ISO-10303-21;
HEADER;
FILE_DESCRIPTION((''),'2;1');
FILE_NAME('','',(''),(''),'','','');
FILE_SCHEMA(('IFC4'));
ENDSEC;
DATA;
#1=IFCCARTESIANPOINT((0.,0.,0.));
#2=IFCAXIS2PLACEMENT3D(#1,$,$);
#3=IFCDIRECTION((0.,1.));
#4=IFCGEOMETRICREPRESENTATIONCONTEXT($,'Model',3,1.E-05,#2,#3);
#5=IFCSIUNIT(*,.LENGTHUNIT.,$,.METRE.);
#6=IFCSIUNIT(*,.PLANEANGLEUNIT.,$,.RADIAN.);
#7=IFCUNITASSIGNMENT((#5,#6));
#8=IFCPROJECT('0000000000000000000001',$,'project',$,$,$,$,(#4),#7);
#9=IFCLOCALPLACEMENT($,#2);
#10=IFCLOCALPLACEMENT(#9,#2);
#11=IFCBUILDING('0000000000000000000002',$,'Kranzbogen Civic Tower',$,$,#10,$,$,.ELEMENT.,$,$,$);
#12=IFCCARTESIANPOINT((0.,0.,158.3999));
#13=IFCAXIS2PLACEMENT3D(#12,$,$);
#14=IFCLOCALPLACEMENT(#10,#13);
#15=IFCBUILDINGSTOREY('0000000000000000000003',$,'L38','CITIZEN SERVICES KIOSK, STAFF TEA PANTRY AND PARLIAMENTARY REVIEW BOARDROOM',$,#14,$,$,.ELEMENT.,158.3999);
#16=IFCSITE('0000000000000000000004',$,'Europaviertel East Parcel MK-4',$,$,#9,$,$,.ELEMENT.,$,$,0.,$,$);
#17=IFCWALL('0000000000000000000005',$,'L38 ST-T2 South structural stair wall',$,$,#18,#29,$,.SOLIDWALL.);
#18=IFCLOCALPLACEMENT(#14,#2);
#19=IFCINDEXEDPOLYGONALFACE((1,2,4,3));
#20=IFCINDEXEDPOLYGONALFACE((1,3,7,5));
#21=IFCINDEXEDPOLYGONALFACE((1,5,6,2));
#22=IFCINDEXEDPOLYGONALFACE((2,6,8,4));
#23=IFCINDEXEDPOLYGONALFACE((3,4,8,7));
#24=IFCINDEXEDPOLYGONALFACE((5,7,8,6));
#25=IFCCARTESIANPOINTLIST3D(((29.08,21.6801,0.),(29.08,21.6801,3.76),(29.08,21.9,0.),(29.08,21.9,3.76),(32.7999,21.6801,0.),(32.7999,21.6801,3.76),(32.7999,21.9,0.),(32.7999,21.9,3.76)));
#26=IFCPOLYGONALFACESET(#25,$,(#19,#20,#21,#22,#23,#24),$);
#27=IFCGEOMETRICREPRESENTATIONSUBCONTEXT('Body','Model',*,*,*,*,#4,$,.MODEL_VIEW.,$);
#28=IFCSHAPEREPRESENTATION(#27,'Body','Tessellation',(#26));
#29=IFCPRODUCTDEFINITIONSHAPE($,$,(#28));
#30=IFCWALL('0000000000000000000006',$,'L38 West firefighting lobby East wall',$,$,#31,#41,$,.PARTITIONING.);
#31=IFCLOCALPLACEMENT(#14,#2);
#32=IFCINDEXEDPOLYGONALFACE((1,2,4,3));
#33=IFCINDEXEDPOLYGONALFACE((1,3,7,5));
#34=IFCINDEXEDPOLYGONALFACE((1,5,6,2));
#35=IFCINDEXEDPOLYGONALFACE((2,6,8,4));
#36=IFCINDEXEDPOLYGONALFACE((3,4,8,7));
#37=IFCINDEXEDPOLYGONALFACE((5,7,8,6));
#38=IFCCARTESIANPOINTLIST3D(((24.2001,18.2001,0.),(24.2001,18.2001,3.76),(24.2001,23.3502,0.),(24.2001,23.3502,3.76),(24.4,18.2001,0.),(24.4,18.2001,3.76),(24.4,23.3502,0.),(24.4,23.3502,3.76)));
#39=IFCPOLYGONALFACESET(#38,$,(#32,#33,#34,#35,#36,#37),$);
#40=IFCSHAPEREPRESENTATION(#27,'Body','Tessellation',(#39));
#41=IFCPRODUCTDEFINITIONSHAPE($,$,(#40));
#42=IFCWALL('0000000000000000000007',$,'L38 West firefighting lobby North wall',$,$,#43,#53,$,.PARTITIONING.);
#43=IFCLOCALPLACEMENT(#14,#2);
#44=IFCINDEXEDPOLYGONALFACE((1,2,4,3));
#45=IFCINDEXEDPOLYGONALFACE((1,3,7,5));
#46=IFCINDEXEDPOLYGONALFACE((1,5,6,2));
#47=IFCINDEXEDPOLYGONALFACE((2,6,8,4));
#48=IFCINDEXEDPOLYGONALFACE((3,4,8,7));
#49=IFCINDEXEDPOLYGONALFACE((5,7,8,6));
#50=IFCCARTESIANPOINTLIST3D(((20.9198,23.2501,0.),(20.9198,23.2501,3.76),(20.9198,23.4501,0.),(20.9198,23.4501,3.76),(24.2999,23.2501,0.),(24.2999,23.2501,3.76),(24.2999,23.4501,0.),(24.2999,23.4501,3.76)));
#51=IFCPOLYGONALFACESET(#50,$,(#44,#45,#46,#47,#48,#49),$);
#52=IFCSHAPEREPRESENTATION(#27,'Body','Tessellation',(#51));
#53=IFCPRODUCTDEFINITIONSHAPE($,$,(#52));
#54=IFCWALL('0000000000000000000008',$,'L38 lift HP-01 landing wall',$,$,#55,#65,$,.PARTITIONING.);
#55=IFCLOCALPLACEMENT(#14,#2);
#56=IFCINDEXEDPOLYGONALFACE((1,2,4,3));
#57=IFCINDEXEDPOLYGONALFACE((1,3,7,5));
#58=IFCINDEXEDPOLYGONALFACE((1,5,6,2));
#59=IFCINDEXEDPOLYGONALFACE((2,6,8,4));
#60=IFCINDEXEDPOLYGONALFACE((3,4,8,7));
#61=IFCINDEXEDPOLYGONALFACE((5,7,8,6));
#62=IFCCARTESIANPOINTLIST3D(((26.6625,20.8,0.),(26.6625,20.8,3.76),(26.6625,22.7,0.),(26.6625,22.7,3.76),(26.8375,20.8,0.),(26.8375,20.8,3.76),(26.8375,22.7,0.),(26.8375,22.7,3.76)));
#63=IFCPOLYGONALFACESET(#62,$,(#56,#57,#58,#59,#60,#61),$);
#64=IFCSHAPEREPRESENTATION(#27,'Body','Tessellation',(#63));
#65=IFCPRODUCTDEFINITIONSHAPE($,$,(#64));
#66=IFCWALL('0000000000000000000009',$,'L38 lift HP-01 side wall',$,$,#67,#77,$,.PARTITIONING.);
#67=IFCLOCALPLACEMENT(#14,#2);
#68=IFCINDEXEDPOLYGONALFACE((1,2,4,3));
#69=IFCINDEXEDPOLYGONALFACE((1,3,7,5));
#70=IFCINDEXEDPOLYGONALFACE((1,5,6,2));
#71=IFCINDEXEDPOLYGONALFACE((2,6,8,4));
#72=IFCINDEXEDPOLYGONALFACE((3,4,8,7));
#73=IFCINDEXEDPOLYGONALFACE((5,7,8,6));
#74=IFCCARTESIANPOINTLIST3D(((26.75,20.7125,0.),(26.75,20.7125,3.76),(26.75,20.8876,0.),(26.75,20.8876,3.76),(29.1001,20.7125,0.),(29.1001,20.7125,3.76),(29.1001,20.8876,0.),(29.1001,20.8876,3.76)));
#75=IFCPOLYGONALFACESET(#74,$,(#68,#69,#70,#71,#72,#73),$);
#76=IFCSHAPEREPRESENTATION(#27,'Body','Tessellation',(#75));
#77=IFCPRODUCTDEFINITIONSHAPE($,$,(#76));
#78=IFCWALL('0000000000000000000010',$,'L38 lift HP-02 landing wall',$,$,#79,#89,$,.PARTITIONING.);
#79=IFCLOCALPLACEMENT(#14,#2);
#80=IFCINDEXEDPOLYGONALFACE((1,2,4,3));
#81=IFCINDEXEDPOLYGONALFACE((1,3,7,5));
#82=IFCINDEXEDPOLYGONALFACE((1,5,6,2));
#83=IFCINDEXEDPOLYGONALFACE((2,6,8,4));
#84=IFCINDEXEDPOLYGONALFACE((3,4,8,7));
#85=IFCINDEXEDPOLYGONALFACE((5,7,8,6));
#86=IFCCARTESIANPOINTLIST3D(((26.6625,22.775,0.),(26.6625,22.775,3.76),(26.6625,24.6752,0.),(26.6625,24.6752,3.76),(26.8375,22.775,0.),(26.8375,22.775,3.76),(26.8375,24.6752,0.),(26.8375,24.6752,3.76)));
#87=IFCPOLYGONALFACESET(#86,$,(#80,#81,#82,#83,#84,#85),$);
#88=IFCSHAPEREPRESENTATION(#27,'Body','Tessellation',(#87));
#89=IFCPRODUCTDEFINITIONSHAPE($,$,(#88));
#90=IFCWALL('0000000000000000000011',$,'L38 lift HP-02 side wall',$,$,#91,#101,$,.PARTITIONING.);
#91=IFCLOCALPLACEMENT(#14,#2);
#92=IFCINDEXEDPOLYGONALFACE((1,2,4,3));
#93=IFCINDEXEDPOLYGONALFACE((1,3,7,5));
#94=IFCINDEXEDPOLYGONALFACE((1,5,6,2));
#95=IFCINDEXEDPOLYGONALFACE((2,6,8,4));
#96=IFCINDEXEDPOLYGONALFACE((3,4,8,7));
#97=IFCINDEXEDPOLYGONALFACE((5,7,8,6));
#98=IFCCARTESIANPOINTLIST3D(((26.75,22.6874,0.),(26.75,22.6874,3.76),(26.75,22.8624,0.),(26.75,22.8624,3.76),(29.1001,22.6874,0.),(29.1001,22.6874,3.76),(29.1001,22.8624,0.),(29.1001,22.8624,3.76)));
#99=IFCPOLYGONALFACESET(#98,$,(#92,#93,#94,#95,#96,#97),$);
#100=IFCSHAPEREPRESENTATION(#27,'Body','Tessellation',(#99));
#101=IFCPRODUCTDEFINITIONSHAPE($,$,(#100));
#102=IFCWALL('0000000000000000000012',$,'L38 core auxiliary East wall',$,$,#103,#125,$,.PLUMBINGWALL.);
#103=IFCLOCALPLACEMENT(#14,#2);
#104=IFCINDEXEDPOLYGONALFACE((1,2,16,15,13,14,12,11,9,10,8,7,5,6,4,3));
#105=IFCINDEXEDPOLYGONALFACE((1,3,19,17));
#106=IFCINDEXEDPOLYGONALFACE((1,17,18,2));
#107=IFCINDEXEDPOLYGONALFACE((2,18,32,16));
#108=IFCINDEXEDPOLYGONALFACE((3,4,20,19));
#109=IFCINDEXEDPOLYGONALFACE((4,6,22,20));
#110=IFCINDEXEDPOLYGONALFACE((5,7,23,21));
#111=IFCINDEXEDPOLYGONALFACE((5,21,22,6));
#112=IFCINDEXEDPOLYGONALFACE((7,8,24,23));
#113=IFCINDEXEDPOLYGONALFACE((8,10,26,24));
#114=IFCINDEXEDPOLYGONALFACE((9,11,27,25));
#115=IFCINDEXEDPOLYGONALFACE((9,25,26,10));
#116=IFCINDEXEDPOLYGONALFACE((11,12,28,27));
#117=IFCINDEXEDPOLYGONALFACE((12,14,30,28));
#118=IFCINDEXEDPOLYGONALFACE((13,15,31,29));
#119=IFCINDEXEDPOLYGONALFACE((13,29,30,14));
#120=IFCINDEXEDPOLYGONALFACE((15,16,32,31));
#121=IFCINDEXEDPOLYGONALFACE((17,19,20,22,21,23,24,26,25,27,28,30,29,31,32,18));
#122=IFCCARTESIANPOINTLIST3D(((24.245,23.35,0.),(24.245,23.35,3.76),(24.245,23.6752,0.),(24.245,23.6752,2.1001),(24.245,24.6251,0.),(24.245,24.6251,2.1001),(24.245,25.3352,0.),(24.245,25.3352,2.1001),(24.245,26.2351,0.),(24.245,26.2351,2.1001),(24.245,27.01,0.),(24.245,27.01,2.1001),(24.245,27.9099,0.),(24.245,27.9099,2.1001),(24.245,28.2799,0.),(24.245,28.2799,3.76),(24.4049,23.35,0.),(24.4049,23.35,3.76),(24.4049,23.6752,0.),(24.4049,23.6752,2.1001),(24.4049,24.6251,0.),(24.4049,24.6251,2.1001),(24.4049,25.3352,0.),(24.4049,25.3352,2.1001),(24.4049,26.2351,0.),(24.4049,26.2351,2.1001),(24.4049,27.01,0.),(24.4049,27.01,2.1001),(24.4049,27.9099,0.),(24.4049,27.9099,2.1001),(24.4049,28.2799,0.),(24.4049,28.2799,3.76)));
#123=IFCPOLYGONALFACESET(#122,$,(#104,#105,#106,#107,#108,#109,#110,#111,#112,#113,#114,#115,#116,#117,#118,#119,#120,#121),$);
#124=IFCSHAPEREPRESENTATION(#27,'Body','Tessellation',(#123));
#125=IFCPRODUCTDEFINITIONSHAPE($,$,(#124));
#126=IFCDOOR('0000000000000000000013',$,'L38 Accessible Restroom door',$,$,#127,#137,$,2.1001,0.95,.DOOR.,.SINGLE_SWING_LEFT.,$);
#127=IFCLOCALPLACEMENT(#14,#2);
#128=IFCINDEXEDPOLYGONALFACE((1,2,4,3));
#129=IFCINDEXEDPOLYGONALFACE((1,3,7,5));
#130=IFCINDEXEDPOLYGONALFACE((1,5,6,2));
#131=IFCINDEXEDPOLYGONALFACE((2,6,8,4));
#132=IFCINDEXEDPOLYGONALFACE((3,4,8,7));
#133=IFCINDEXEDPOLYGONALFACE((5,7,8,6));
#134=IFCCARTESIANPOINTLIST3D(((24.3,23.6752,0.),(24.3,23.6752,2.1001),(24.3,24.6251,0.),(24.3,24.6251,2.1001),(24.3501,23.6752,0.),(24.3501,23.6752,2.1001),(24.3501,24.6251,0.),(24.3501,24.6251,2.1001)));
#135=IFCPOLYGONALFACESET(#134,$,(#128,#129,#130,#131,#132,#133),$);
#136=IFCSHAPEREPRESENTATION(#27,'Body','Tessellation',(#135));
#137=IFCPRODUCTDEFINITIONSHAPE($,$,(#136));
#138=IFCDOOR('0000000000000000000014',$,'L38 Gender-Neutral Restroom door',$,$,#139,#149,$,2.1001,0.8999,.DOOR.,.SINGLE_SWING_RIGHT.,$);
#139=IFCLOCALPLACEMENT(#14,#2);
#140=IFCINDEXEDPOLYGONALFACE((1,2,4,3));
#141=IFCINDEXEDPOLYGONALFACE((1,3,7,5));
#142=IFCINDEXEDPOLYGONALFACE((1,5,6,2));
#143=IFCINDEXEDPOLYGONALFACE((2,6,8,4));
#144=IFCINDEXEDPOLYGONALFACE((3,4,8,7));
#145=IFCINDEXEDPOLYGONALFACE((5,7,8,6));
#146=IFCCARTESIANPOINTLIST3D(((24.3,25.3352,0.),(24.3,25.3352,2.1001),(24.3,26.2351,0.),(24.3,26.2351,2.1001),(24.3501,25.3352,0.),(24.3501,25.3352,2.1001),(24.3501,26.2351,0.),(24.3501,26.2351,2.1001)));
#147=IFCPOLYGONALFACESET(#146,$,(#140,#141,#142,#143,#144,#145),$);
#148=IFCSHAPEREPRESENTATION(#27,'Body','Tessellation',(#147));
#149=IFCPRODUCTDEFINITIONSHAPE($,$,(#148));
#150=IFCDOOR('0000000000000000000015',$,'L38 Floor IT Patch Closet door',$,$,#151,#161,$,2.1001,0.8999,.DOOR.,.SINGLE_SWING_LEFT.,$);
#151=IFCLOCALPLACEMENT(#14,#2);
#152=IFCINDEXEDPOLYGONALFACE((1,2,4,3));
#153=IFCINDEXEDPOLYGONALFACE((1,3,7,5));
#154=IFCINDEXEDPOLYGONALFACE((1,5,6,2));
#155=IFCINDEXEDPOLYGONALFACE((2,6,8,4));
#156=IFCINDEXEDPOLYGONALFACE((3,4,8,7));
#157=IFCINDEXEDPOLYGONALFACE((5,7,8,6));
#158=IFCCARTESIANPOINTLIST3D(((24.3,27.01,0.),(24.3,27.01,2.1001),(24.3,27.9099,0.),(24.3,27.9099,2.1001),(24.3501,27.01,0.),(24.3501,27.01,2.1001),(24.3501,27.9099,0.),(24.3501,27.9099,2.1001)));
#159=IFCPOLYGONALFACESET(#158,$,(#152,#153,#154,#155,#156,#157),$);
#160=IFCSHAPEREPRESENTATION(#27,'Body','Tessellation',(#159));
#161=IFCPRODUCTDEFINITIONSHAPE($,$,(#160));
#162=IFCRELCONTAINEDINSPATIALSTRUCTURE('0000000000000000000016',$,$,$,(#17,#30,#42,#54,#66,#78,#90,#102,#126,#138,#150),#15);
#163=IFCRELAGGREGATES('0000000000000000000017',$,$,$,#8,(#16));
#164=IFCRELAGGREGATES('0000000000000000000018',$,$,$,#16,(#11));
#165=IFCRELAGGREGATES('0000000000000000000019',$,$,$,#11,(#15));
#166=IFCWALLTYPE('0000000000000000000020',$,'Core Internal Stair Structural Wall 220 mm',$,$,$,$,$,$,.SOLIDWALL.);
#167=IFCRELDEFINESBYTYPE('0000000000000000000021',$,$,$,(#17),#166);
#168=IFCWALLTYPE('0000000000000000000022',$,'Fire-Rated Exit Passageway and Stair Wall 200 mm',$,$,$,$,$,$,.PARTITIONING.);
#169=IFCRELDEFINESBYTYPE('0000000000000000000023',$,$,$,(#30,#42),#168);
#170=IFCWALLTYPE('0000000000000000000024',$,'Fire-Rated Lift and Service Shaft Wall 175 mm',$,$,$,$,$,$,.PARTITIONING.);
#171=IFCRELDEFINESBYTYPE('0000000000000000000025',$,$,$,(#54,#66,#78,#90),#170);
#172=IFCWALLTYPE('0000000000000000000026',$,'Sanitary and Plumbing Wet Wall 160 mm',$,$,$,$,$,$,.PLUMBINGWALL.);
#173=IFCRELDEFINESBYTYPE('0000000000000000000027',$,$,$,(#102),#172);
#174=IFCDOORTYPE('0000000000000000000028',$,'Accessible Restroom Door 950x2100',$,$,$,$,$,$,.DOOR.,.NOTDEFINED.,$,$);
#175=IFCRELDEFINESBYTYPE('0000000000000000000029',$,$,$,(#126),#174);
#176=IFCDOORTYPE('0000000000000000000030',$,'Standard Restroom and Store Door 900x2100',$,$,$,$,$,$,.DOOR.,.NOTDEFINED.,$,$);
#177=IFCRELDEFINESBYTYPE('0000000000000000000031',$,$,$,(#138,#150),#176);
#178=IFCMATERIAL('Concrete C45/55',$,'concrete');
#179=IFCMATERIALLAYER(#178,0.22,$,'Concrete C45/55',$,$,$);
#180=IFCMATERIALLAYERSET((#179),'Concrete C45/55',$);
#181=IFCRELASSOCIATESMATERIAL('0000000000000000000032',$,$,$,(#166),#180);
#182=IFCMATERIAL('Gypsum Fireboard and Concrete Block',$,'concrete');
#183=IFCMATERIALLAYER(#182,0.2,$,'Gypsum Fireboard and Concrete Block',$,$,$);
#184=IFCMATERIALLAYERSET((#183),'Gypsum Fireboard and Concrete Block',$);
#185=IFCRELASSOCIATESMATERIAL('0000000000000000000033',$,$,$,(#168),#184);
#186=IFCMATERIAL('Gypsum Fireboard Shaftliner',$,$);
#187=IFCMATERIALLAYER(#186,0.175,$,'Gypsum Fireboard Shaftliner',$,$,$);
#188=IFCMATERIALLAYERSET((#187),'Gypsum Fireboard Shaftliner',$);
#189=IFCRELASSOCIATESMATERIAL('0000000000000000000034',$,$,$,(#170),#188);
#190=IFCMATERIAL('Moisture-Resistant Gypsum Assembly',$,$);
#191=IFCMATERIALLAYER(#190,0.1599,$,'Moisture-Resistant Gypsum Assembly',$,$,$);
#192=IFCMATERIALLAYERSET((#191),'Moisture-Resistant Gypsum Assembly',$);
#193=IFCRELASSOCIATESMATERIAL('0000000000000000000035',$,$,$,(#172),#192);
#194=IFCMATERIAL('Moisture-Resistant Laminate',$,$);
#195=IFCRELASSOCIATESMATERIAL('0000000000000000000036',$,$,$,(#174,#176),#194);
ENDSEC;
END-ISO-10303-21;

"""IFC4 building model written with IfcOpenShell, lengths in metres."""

from ifc_helpers import new_model, si_unit, direction, frame, frame_2d, origin, place, context, subcontext, project, spatial, rectangle, extrude, material, layer, layer_set, type_object, element, fill, save


model = new_model("IFC4")

# Units and contexts
model_context = context("Model", 3, precision=1e-05, world=origin(), true_north=direction((0.0, 1.0)))
body_context = subcontext(model_context, "Body", "Model", "MODEL_VIEW")
ifc_project = project(units=[si_unit("LENGTHUNIT", "METRE"), si_unit("PLANEANGLEUNIT", "RADIAN")], contexts=[model_context])

# Site, building, storey
site_placement = place(None, origin())
site = spatial("IfcSite", under=ifc_project, at=site_placement, Name="Europaviertel East Parcel MK-4", CompositionType="ELEMENT", RefElevation=0.0)
building_placement = place(site_placement, origin())
building = spatial("IfcBuilding", under=site, at=building_placement, Name="Kranzbogen Civic Tower", CompositionType="ELEMENT")
storey_placement = place(building_placement, frame((0.0, 0.0, 158.3999)))
storey = spatial("IfcBuildingStorey", under=building, at=storey_placement, Name="L38", Description="CITIZEN SERVICES KIOSK, STAFF TEA PANTRY AND PARLIAMENTARY REVIEW BOARDROOM", CompositionType="ELEMENT", Elevation=158.3999)

# Shared definitions
ifc_material_1 = material(Name="Concrete C45/55", Category="concrete")
ifc_layer_1 = layer(ifc_material_1, 0.22, Name="Concrete C45/55")
ifc_layer_set_1 = layer_set([ifc_layer_1], Name="Concrete C45/55")
wall_type_1 = type_object("IfcWallType", Name="Core Internal Stair Structural Wall 220 mm", PredefinedType="SOLIDWALL", material=ifc_layer_set_1)

# Walls
wall_1_placement = place(storey_placement, frame((29.0801, 21.79, 0.0), z_axis=(0.0, 0.0, 1.0), x_axis=(1.0, 0.0, 0.0)))
element("IfcWall", 1, at=wall_1_placement, inside=storey, type_object=wall_type_1, Name="L38 ST-T2 South structural stair wall", PredefinedType="SOLIDWALL", context=body_context, shape_type="SweptSolid", body=[
    extrude(rectangle(XDim=3.72, YDim=0.22, at=frame_2d((1.8599, 0.0))), origin(), (0.0, 0.0, 1.0), 3.76),
])
ifc_material_2 = material(Name="Gypsum Fireboard and Concrete Block", Category="concrete")
ifc_layer_2 = layer(ifc_material_2, 0.2, Name="Gypsum Fireboard and Concrete Block")
ifc_layer_set_2 = layer_set([ifc_layer_2], Name="Gypsum Fireboard and Concrete Block")
wall_type_2 = type_object("IfcWallType", Name="Fire-Rated Exit Passageway and Stair Wall 200 mm", PredefinedType="PARTITIONING", material=ifc_layer_set_2)
wall_2_placement = place(storey_placement, frame((24.3, 18.2, 0.0), z_axis=(0.0, 0.0, 1.0), x_axis=(0.0, 1.0, 0.0)))
element("IfcWall", 2, at=wall_2_placement, inside=storey, type_object=wall_type_2, Name="L38 West firefighting lobby East wall", PredefinedType="PARTITIONING", context=body_context, shape_type="SweptSolid", body=[
    extrude(rectangle(XDim=5.1501, YDim=0.2, at=frame_2d((2.5752, 0.0))), origin(), (0.0, 0.0, 1.0), 3.76),
])
wall_3_placement = place(storey_placement, frame((20.9199, 23.3501, 0.0), z_axis=(0.0, 0.0, 1.0), x_axis=(1.0, 0.0, 0.0)))
element("IfcWall", 3, at=wall_3_placement, inside=storey, type_object=wall_type_2, Name="L38 West firefighting lobby North wall", PredefinedType="PARTITIONING", context=body_context, shape_type="SweptSolid", body=[
    extrude(rectangle(XDim=3.3801, YDim=0.2, at=frame_2d((1.6899, 0.0))), origin(), (0.0, 0.0, 1.0), 3.76),
])
ifc_material_3 = material(Name="Gypsum Fireboard Shaftliner")
ifc_layer_3 = layer(ifc_material_3, 0.175, Name="Gypsum Fireboard Shaftliner")
ifc_layer_set_3 = layer_set([ifc_layer_3], Name="Gypsum Fireboard Shaftliner")
wall_type_3 = type_object("IfcWallType", Name="Fire-Rated Lift and Service Shaft Wall 175 mm", PredefinedType="PARTITIONING", material=ifc_layer_set_3)
wall_4_placement = place(storey_placement, frame((26.75, 20.8, 0.0), z_axis=(0.0, 0.0, 1.0), x_axis=(0.0, 1.0, 0.0)))
element("IfcWall", 4, at=wall_4_placement, inside=storey, type_object=wall_type_3, Name="L38 lift HP-01 landing wall", PredefinedType="PARTITIONING", context=body_context, shape_type="SweptSolid", body=[
    extrude(rectangle(XDim=1.8999, YDim=0.175, at=frame_2d((0.95, 0.0))), origin(), (0.0, 0.0, 1.0), 3.76),
])
wall_5_placement = place(storey_placement, frame((26.75, 20.8, 0.0), z_axis=(0.0, 0.0, 1.0), x_axis=(1.0, 0.0, 0.0)))
element("IfcWall", 5, at=wall_5_placement, inside=storey, type_object=wall_type_3, Name="L38 lift HP-01 side wall", PredefinedType="PARTITIONING", context=body_context, shape_type="SweptSolid", body=[
    extrude(rectangle(XDim=2.3501, YDim=0.175, at=frame_2d((1.175, 0.0))), origin(), (0.0, 0.0, 1.0), 3.76),
])
wall_6_placement = place(storey_placement, frame((26.75, 22.7749, 0.0), z_axis=(0.0, 0.0, 1.0), x_axis=(0.0, 1.0, 0.0)))
element("IfcWall", 6, at=wall_6_placement, inside=storey, type_object=wall_type_3, Name="L38 lift HP-02 landing wall", PredefinedType="PARTITIONING", context=body_context, shape_type="SweptSolid", body=[
    extrude(rectangle(XDim=1.9001, YDim=0.175, at=frame_2d((0.9502, 0.0))), origin(), (0.0, 0.0, 1.0), 3.76),
])
wall_7_placement = place(storey_placement, frame((26.75, 22.7749, 0.0), z_axis=(0.0, 0.0, 1.0), x_axis=(1.0, 0.0, 0.0)))
element("IfcWall", 7, at=wall_7_placement, inside=storey, type_object=wall_type_3, Name="L38 lift HP-02 side wall", PredefinedType="PARTITIONING", context=body_context, shape_type="SweptSolid", body=[
    extrude(rectangle(XDim=2.3501, YDim=0.175, at=frame_2d((1.175, 0.0))), origin(), (0.0, 0.0, 1.0), 3.76),
])

# Wall, openings, doors
ifc_material_4 = material(Name="Moisture-Resistant Gypsum Assembly")
ifc_layer_4 = layer(ifc_material_4, 0.1599, Name="Moisture-Resistant Gypsum Assembly")
ifc_layer_set_4 = layer_set([ifc_layer_4], Name="Moisture-Resistant Gypsum Assembly")
wall_type_4 = type_object("IfcWallType", Name="Sanitary and Plumbing Wet Wall 160 mm", PredefinedType="PLUMBINGWALL", material=ifc_layer_set_4)
wall_8_placement = place(storey_placement, frame((24.325, 23.3501, 0.0), z_axis=(0.0, 0.0, 1.0), x_axis=(0.0, 1.0, 0.0)))
wall_8 = element("IfcWall", 8, at=wall_8_placement, inside=storey, type_object=wall_type_4, Name="L38 core auxiliary East wall", PredefinedType="PLUMBINGWALL", context=body_context, shape_type="SweptSolid", body=[
    extrude(rectangle(XDim=4.9299, YDim=0.1599, at=frame_2d((2.4648, 0.0))), origin(), (0.0, 0.0, 1.0), 3.76),
])
opening_1_placement = place(wall_8_placement, frame((0.325, 0.0, 0.0)))
opening_1 = element("IfcOpeningElement", 9, at=opening_1_placement, cuts=wall_8, PredefinedType="OPENING", context=body_context, shape_type="SweptSolid", body=[
    extrude(rectangle(XDim=0.95, YDim=2.1001, at=frame_2d((0.4751, 1.05))), frame((0.0, 0.0898, 0.0), z_axis=(0.0, -1.0, 0.0), x_axis=(1.0, 0.0, 0.0)), (0.0, 0.0, 1.0), 0.1799),
])
opening_2_placement = place(wall_8_placement, frame((1.9851, 0.0, 0.0)))
opening_2 = element("IfcOpeningElement", 10, at=opening_2_placement, cuts=wall_8, PredefinedType="OPENING", context=body_context, shape_type="SweptSolid", body=[
    extrude(rectangle(XDim=0.8999, YDim=2.1001, at=frame_2d((0.45, 1.05))), frame((0.0, 0.0898, 0.0), z_axis=(0.0, -1.0, 0.0), x_axis=(1.0, 0.0, 0.0)), (0.0, 0.0, 1.0), 0.1799),
])
opening_3_placement = place(wall_8_placement, frame((3.6599, 0.0, 0.0)))
opening_3 = element("IfcOpeningElement", 11, at=opening_3_placement, cuts=wall_8, PredefinedType="OPENING", context=body_context, shape_type="SweptSolid", body=[
    extrude(rectangle(XDim=0.8999, YDim=2.1001, at=frame_2d((0.45, 1.05))), frame((0.0, 0.0898, 0.0), z_axis=(0.0, -1.0, 0.0), x_axis=(1.0, 0.0, 0.0)), (0.0, 0.0, 1.0), 0.1799),
])
ifc_material_5 = material(Name="Moisture-Resistant Laminate")
door_type_1 = type_object("IfcDoorType", Name="Accessible Restroom Door 950x2100", OperationType="NOTDEFINED", PredefinedType="DOOR", material=ifc_material_5)
door_1_placement = place(opening_1_placement, origin())
door_1 = element("IfcDoor", 12, at=door_1_placement, inside=storey, type_object=door_type_1, Name="L38 Accessible Restroom door", OperationType="SINGLE_SWING_LEFT", OverallHeight=2.1001, OverallWidth=0.95, PredefinedType="DOOR", context=body_context, shape_type="SweptSolid", body=[
    extrude(rectangle(XDim=0.95, YDim=2.1001, at=frame_2d((0.4751, 1.05))), frame((0.0, 0.0249, 0.0), z_axis=(0.0, -1.0, 0.0), x_axis=(1.0, 0.0, 0.0)), (0.0, 0.0, 1.0), 0.05),
])
fill(opening_1, door_1)
door_type_2 = type_object("IfcDoorType", Name="Standard Restroom and Store Door 900x2100", OperationType="NOTDEFINED", PredefinedType="DOOR", material=ifc_material_5)
door_2_placement = place(opening_2_placement, origin())
door_2 = element("IfcDoor", 13, at=door_2_placement, inside=storey, type_object=door_type_2, Name="L38 Gender-Neutral Restroom door", OperationType="SINGLE_SWING_RIGHT", OverallHeight=2.1001, OverallWidth=0.8999, PredefinedType="DOOR", context=body_context, shape_type="SweptSolid", body=[
    extrude(rectangle(XDim=0.8999, YDim=2.1001, at=frame_2d((0.45, 1.05))), frame((0.0, 0.0249, 0.0), z_axis=(0.0, -1.0, 0.0), x_axis=(1.0, 0.0, 0.0)), (0.0, 0.0, 1.0), 0.05),
])
fill(opening_2, door_2)
door_3_placement = place(opening_3_placement, origin())
door_3 = element("IfcDoor", 14, at=door_3_placement, inside=storey, type_object=door_type_2, Name="L38 Floor IT Patch Closet door", OperationType="SINGLE_SWING_LEFT", OverallHeight=2.1001, OverallWidth=0.8999, PredefinedType="DOOR", context=body_context, shape_type="SweptSolid", body=[
    extrude(rectangle(XDim=0.8999, YDim=2.1001, at=frame_2d((0.45, 1.05))), frame((0.0, 0.0249, 0.0), z_axis=(0.0, -1.0, 0.0), x_axis=(1.0, 0.0, 0.0)), (0.0, 0.0, 1.0), 0.05),
])
fill(opening_3, door_3)

save(model, "model.ifc")
